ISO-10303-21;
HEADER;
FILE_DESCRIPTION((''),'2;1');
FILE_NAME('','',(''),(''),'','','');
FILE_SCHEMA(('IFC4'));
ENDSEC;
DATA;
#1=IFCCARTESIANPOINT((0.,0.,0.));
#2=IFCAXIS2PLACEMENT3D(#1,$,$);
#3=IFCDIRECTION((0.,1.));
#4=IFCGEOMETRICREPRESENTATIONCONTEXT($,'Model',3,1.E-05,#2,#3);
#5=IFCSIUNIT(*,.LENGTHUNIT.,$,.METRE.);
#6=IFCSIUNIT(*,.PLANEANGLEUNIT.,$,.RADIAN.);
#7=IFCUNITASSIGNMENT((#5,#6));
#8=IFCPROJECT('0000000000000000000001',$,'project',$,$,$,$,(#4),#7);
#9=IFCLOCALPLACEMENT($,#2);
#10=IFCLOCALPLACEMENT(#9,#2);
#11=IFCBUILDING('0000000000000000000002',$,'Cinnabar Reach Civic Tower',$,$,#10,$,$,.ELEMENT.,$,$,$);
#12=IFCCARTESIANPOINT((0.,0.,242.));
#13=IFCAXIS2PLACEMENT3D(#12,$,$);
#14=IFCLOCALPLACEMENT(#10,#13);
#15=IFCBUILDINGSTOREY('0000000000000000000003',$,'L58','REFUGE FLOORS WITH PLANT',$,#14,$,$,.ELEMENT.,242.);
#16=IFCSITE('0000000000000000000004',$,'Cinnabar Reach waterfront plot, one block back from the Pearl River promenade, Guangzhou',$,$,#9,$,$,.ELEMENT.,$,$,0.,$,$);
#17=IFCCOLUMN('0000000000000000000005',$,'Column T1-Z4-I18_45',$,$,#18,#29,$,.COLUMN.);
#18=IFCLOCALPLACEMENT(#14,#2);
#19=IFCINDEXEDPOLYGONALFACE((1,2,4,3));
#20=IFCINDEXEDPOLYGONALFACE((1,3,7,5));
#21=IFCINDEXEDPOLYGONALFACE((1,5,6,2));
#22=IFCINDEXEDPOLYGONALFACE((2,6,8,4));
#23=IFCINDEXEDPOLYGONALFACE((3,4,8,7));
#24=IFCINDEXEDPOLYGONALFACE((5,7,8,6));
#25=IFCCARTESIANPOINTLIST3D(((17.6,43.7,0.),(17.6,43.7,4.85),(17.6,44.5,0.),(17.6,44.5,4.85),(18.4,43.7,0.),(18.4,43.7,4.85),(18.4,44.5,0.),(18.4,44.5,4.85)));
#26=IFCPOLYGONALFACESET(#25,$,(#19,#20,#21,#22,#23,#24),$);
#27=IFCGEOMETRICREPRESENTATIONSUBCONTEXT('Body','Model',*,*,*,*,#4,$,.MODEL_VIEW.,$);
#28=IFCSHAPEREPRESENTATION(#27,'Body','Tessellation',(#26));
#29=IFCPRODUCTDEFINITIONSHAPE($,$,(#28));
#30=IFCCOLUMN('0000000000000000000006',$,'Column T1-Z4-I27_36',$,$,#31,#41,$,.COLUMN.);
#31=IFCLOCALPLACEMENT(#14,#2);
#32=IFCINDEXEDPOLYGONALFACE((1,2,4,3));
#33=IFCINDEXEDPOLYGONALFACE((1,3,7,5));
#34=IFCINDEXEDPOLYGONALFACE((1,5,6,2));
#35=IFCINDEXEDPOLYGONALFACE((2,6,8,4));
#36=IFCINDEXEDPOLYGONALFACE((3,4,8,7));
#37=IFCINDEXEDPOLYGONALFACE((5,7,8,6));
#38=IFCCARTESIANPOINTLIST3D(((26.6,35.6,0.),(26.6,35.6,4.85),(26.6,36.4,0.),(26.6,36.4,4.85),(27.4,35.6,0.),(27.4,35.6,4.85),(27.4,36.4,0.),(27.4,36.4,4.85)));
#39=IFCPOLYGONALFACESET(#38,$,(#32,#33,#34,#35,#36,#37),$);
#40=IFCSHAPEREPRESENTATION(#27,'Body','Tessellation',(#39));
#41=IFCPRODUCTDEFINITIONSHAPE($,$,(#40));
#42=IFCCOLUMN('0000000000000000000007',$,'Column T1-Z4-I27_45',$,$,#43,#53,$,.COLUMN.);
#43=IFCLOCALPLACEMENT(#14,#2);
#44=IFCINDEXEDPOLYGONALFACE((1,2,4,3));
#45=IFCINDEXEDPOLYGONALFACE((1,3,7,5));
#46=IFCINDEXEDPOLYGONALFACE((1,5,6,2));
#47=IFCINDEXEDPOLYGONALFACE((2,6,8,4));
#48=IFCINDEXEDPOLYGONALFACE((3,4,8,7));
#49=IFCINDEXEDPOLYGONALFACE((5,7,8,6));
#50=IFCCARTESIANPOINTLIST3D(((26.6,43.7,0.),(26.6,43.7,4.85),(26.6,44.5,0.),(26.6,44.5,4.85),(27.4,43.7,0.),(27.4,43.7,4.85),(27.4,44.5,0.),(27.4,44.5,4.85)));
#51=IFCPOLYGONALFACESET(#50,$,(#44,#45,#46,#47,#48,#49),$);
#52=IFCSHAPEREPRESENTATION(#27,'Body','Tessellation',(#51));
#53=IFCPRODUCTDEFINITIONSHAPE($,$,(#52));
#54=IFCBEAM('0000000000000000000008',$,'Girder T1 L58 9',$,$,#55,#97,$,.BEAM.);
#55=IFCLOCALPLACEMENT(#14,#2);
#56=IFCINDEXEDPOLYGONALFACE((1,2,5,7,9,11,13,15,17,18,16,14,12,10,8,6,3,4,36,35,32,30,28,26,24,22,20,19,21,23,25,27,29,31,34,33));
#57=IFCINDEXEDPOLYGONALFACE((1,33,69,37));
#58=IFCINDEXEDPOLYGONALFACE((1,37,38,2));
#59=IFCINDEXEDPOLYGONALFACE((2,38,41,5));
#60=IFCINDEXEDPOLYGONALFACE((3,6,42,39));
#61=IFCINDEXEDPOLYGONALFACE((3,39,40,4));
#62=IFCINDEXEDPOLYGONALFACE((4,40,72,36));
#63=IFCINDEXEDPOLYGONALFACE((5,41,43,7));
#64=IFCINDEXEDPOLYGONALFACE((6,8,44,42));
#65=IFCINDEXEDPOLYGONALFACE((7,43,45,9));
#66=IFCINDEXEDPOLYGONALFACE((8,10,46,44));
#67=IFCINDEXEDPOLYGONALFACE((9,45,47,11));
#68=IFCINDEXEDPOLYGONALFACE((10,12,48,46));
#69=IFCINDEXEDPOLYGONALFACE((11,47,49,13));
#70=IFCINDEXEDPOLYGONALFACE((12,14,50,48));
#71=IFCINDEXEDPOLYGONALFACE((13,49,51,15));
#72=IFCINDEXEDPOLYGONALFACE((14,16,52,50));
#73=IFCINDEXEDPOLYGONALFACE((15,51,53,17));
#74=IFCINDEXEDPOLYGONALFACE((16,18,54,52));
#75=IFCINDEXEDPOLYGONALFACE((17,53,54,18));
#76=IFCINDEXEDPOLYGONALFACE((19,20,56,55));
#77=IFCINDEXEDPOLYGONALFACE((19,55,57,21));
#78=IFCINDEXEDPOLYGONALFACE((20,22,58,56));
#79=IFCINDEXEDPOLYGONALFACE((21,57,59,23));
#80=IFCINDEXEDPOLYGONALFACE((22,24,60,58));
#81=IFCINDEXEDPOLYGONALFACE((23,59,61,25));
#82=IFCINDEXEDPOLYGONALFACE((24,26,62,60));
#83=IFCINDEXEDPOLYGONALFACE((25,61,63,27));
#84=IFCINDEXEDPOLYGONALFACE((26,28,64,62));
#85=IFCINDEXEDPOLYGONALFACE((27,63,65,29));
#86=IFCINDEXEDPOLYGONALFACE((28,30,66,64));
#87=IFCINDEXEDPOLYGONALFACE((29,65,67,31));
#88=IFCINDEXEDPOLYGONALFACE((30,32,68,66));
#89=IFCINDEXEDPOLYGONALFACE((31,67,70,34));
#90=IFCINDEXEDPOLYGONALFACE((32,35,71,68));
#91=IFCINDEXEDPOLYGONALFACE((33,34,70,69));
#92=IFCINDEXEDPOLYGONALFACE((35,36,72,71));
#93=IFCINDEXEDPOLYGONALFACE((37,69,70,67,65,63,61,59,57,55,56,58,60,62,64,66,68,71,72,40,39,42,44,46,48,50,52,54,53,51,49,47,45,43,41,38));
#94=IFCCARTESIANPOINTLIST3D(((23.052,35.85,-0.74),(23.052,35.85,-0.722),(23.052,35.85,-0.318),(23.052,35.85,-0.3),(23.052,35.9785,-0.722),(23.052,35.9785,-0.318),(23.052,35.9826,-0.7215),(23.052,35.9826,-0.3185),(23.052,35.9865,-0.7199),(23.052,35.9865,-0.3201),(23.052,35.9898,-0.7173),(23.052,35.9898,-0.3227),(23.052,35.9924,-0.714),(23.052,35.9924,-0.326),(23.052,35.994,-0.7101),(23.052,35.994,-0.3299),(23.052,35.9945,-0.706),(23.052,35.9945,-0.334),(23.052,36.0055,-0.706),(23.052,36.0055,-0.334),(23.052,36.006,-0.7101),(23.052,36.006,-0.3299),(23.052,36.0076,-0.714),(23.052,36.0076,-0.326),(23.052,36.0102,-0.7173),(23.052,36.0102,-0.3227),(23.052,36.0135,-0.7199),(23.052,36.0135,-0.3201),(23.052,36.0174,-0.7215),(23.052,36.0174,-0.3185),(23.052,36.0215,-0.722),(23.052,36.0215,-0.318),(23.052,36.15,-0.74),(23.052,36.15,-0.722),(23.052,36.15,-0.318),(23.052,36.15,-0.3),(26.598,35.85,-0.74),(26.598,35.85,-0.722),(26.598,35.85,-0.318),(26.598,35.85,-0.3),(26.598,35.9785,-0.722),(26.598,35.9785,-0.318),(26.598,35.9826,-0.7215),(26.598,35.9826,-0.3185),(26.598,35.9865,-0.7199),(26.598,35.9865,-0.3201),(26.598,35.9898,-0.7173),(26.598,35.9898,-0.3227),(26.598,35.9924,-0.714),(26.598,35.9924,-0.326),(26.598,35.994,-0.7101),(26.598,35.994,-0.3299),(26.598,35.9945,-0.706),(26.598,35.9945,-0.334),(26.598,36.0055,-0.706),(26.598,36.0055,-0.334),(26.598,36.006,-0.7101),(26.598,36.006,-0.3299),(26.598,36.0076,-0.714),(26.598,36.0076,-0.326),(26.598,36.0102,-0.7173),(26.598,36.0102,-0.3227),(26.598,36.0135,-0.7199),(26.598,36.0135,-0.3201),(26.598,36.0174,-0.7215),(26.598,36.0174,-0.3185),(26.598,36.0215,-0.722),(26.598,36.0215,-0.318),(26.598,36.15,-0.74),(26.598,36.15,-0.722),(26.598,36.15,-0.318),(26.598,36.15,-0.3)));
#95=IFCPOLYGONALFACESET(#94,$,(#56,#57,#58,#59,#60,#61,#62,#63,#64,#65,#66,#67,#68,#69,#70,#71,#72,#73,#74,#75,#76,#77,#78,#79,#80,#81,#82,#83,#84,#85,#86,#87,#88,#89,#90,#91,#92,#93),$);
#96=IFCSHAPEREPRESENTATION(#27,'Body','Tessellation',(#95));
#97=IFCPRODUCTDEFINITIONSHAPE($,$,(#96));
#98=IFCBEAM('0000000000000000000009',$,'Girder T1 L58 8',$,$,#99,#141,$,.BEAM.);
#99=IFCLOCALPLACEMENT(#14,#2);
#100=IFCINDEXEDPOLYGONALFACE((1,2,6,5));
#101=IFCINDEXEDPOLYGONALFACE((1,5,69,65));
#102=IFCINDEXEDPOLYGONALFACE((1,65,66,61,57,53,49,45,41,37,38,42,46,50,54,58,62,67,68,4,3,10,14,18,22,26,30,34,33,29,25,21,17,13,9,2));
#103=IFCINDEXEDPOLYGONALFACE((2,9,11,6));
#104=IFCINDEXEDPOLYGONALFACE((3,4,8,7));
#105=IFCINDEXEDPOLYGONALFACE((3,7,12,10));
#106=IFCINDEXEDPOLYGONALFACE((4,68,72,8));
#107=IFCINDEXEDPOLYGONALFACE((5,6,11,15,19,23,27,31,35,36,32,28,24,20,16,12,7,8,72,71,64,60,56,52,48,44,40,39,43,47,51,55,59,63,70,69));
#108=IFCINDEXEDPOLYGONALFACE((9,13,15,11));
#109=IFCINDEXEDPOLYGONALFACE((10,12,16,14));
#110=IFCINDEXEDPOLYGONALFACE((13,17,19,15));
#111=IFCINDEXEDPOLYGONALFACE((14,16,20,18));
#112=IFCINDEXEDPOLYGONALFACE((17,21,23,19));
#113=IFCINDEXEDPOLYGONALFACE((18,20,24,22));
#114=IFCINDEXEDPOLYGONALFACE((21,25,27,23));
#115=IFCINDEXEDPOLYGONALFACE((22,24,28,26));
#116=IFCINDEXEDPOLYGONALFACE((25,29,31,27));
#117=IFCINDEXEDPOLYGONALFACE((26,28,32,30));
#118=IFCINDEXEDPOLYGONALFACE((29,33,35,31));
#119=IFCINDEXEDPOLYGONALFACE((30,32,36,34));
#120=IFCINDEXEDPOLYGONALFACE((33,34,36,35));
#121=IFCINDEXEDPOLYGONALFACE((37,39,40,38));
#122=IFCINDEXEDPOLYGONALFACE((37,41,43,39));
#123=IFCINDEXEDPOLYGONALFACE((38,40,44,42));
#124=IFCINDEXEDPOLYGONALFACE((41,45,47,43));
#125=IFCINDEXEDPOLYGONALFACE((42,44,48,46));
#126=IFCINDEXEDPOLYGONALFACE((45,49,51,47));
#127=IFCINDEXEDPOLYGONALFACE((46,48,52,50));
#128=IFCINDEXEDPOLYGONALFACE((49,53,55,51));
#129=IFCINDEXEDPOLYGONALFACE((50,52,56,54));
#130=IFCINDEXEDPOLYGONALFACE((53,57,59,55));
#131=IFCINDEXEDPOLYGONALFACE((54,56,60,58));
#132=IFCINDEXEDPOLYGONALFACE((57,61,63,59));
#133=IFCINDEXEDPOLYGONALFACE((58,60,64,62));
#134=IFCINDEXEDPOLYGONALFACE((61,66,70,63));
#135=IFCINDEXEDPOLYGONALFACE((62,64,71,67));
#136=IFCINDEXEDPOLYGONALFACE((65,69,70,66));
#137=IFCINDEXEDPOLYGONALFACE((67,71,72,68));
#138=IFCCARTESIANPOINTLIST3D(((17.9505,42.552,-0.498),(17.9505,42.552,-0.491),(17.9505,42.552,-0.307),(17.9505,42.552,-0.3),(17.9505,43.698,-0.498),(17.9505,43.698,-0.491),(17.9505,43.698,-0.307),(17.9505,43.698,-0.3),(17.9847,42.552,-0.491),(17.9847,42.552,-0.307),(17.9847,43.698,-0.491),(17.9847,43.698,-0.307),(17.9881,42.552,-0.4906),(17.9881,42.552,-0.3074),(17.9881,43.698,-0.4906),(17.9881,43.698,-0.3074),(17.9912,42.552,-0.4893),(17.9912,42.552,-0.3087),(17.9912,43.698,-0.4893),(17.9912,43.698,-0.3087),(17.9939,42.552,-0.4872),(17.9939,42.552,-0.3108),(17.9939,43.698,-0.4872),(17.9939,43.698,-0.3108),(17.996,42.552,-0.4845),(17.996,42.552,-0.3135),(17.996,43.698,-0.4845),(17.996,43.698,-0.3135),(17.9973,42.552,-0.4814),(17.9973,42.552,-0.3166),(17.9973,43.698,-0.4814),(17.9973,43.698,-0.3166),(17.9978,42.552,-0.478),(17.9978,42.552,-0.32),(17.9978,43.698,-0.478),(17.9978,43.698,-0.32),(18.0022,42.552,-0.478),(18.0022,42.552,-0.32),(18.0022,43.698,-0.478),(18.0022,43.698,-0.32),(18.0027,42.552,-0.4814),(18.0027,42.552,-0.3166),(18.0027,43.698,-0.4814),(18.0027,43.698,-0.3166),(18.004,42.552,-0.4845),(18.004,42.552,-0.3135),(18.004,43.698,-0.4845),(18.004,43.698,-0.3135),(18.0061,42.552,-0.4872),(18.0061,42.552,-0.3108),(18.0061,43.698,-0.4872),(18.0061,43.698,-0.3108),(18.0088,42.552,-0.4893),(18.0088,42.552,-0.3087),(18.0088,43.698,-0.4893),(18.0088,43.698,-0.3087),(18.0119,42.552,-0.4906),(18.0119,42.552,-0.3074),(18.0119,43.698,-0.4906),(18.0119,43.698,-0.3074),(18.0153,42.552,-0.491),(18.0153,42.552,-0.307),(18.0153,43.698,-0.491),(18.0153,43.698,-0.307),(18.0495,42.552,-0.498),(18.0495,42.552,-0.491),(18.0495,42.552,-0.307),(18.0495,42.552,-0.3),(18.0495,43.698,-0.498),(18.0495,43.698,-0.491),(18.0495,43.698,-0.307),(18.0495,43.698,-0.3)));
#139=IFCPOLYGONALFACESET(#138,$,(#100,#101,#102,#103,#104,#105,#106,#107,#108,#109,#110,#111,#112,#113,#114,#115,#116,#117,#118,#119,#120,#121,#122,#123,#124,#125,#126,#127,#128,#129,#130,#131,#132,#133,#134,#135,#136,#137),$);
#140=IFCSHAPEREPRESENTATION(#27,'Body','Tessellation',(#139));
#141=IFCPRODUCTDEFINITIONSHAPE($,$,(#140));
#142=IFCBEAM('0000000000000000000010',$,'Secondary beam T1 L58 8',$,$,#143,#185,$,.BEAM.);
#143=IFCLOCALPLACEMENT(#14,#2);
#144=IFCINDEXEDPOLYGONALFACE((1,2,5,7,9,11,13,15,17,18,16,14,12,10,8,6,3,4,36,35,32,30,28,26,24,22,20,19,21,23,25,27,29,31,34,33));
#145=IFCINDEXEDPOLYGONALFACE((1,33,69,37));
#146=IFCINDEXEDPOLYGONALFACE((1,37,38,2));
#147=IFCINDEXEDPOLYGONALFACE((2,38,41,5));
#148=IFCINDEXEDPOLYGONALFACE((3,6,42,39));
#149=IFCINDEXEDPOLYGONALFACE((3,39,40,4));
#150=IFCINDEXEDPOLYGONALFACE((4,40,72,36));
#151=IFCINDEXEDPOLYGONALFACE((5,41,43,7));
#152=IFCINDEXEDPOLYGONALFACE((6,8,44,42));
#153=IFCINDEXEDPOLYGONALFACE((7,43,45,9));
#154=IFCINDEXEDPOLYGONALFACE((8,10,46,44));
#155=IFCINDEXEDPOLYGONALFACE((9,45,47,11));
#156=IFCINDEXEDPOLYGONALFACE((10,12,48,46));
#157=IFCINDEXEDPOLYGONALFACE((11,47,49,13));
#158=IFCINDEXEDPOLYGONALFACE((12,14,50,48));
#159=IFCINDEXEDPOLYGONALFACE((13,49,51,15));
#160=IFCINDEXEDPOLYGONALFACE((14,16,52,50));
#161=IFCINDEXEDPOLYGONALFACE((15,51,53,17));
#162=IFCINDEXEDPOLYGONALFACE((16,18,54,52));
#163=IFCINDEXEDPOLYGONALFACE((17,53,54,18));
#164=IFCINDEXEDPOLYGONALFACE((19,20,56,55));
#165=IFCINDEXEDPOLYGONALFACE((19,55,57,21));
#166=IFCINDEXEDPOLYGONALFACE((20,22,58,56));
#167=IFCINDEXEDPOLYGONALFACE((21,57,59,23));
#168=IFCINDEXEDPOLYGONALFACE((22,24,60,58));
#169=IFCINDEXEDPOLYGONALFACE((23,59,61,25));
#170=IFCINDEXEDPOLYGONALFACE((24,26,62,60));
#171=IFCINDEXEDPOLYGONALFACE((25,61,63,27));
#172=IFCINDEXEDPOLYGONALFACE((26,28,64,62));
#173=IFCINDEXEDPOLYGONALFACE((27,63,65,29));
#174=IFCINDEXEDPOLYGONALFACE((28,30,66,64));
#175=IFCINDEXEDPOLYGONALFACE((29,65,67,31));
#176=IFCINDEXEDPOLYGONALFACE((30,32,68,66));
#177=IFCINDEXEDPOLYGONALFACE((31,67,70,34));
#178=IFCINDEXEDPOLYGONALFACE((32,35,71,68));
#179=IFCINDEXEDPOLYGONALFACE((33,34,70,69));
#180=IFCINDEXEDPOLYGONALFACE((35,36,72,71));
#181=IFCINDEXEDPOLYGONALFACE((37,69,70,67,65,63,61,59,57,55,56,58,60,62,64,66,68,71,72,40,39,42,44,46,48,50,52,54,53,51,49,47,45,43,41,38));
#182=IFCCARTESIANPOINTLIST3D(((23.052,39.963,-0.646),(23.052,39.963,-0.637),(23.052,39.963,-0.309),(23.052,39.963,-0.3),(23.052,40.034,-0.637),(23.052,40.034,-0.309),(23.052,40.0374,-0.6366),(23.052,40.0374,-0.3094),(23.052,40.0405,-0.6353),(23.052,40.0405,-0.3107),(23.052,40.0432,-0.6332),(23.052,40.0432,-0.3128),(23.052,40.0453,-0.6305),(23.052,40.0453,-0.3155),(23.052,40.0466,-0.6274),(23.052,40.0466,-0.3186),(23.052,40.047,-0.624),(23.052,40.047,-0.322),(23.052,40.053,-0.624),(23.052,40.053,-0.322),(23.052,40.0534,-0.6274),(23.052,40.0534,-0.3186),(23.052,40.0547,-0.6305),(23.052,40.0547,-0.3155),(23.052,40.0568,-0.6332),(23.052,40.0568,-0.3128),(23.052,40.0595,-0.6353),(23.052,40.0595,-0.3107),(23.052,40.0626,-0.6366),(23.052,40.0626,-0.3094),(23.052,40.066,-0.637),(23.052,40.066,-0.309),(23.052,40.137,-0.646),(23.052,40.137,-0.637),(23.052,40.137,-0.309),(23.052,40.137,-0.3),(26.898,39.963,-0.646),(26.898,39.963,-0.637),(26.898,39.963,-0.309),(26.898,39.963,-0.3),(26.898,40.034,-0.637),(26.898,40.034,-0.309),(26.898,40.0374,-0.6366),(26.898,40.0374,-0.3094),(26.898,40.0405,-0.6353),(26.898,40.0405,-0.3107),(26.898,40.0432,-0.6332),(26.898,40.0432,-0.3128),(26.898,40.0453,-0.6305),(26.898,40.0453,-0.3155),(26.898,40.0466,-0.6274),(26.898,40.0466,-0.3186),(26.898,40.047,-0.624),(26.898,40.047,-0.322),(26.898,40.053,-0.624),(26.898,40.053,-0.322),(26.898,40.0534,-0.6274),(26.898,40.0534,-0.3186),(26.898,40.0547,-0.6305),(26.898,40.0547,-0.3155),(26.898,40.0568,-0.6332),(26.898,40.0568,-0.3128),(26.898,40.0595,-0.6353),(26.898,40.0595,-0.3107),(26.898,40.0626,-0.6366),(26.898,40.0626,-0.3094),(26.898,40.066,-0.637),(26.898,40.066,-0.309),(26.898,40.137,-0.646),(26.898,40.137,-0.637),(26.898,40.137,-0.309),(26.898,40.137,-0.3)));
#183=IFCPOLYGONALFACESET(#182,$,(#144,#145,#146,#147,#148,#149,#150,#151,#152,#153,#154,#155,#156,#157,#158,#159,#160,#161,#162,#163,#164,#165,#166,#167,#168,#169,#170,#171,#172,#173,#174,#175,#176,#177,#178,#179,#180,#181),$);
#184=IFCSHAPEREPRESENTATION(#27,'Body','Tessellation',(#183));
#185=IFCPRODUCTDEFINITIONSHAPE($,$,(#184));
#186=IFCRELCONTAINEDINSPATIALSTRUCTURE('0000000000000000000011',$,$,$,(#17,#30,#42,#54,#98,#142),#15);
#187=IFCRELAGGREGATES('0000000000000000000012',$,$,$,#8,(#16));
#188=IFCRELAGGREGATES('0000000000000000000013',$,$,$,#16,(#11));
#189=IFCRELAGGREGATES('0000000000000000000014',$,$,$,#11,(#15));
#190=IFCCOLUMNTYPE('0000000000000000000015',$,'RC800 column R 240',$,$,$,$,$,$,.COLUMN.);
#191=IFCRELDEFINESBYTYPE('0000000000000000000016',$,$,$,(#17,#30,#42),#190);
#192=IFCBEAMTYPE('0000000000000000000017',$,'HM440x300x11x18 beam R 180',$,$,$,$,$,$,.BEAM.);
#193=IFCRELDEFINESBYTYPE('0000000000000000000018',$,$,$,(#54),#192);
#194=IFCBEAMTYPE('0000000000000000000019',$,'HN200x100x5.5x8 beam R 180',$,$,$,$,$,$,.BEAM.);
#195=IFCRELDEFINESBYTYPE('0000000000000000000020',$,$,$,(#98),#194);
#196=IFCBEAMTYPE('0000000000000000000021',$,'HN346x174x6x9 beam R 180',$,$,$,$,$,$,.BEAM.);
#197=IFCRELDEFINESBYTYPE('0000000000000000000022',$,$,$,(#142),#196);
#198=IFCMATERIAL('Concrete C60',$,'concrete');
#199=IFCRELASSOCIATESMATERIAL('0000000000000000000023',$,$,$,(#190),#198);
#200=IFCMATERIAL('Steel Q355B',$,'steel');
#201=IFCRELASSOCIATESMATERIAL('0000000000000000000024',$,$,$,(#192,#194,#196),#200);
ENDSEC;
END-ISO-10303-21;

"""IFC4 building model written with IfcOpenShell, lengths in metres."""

from ifc_helpers import new_model, si_unit, direction, frame, origin, origin_2d, place, context, subcontext, project, spatial, rectangle, i_section, extrude, material, material_profile, profile_set, type_object, element, save


model = new_model("IFC4")

# Units and contexts
model_context = context("Model", 3, precision=1e-05, world=origin(), true_north=direction((0.0, 1.0)))
body_context = subcontext(model_context, "Body", "Model", "MODEL_VIEW")
ifc_project = project(units=[si_unit("LENGTHUNIT", "METRE"), si_unit("PLANEANGLEUNIT", "RADIAN")], contexts=[model_context])

# Site, building, storey
site_placement = place(None, origin())
site = spatial("IfcSite", under=ifc_project, at=site_placement, Name="Cinnabar Reach waterfront plot, one block back from the Pearl River promenade, Guangzhou", CompositionType="ELEMENT", RefElevation=0.0)
building_placement = place(site_placement, origin())
building = spatial("IfcBuilding", under=site, at=building_placement, Name="Cinnabar Reach Civic Tower", CompositionType="ELEMENT")
storey_placement = place(building_placement, frame((0.0, 0.0, 242.0)))
storey = spatial("IfcBuildingStorey", under=building, at=storey_placement, Name="L58", Description="REFUGE FLOORS WITH PLANT", CompositionType="ELEMENT", Elevation=242.0)

# Columns
ifc_material_1 = material(Name="Concrete C60", Category="concrete")
ifc_material_profile_1 = material_profile(ifc_material_1, rectangle(XDim=0.8, YDim=0.8, at=origin_2d()), Name="RC800")
ifc_profile_set_1 = profile_set([ifc_material_profile_1], Name="Concrete C60")
column_type = type_object("IfcColumnType", Name="RC800 column R 240", PredefinedType="COLUMN", material=ifc_profile_set_1)
for number, where, z_axis, x_axis, name in (
    (1, (18.0, 44.1, 0.0), (0.0, 0.0, 1.0), (1.0, 0.0, 0.0), "Column T1-Z4-I18_45"),
    (2, (27.0, 36.0, 0.0), (0.0, 0.0, 1.0), (1.0, 0.0, 0.0), "Column T1-Z4-I27_36"),
    (3, (27.0, 44.1, 0.0), (0.0, 0.0, 1.0), (1.0, 0.0, 0.0), "Column T1-Z4-I27_45"),
):
    element("IfcColumn", number, at=place(storey_placement, frame(where, z_axis=z_axis, x_axis=x_axis)), inside=storey, type_object=column_type, Name=name, PredefinedType="COLUMN", context=body_context, shape_type="SweptSolid", body=[
        extrude(rectangle(XDim=0.8, YDim=0.8, at=origin_2d()), origin(), (0.0, 0.0, 1.0), 4.85),
    ])

# Beams
ifc_material_2 = material(Name="Steel Q355B", Category="steel")
ifc_material_profile_2 = material_profile(ifc_material_2, i_section(OverallWidth=0.3, OverallDepth=0.44, WebThickness=0.011, FlangeThickness=0.018, FilletRadius=0.016, at=origin_2d()), Name="HM440x300x11x18")
ifc_profile_set_2 = profile_set([ifc_material_profile_2], Name="Steel Q355B")
beam_type_1 = type_object("IfcBeamType", Name="HM440x300x11x18 beam R 180", PredefinedType="BEAM", material=ifc_profile_set_2)
beam_1_placement = place(storey_placement, frame((23.052, 36.0, -0.52), z_axis=(1.0, 0.0, 0.0), x_axis=(0.0, 1.0, 0.0)))
element("IfcBeam", 4, at=beam_1_placement, inside=storey, type_object=beam_type_1, Name="Girder T1 L58 9", PredefinedType="BEAM", context=body_context, shape_type="SweptSolid", body=[
    extrude(i_section(OverallWidth=0.3, OverallDepth=0.44, WebThickness=0.011, FlangeThickness=0.018, FilletRadius=0.016, at=origin_2d()), origin(), (0.0, 0.0, 1.0), 3.546),
])
ifc_material_profile_3 = material_profile(ifc_material_2, i_section(OverallWidth=0.099, OverallDepth=0.198, WebThickness=0.0045, FlangeThickness=0.007, FilletRadius=0.013, at=origin_2d()), Name="HN200x100x5.5x8")
ifc_profile_set_3 = profile_set([ifc_material_profile_3], Name="Steel Q355B")
beam_type_2 = type_object("IfcBeamType", Name="HN200x100x5.5x8 beam R 180", PredefinedType="BEAM", material=ifc_profile_set_3)
beam_2_placement = place(storey_placement, frame((18.0, 42.552, -0.399), z_axis=(0.0, 1.0, 0.0), x_axis=(-1.0, 0.0, 0.0)))
element("IfcBeam", 5, at=beam_2_placement, inside=storey, type_object=beam_type_2, Name="Girder T1 L58 8", PredefinedType="BEAM", context=body_context, shape_type="SweptSolid", body=[
    extrude(i_section(OverallWidth=0.099, OverallDepth=0.198, WebThickness=0.0045, FlangeThickness=0.007, FilletRadius=0.013, at=origin_2d()), origin(), (0.0, 0.0, 1.0), 1.146),
])
ifc_material_profile_4 = material_profile(ifc_material_2, i_section(OverallWidth=0.174, OverallDepth=0.346, WebThickness=0.006, FlangeThickness=0.009, FilletRadius=0.013, at=origin_2d()), Name="HN346x174x6x9")
ifc_profile_set_4 = profile_set([ifc_material_profile_4], Name="Steel Q355B")
beam_type_3 = type_object("IfcBeamType", Name="HN346x174x6x9 beam R 180", PredefinedType="BEAM", material=ifc_profile_set_4)
beam_3_placement = place(storey_placement, frame((23.052, 40.05, -0.473), z_axis=(1.0, 0.0, 0.0), x_axis=(0.0, 1.0, 0.0)))
element("IfcBeam", 6, at=beam_3_placement, inside=storey, type_object=beam_type_3, Name="Secondary beam T1 L58 8", PredefinedType="BEAM", context=body_context, shape_type="SweptSolid", body=[
    extrude(i_section(OverallWidth=0.174, OverallDepth=0.346, WebThickness=0.006, FlangeThickness=0.009, FilletRadius=0.013, at=origin_2d()), origin(), (0.0, 0.0, 1.0), 3.846),
])

save(model, "model.ifc")
